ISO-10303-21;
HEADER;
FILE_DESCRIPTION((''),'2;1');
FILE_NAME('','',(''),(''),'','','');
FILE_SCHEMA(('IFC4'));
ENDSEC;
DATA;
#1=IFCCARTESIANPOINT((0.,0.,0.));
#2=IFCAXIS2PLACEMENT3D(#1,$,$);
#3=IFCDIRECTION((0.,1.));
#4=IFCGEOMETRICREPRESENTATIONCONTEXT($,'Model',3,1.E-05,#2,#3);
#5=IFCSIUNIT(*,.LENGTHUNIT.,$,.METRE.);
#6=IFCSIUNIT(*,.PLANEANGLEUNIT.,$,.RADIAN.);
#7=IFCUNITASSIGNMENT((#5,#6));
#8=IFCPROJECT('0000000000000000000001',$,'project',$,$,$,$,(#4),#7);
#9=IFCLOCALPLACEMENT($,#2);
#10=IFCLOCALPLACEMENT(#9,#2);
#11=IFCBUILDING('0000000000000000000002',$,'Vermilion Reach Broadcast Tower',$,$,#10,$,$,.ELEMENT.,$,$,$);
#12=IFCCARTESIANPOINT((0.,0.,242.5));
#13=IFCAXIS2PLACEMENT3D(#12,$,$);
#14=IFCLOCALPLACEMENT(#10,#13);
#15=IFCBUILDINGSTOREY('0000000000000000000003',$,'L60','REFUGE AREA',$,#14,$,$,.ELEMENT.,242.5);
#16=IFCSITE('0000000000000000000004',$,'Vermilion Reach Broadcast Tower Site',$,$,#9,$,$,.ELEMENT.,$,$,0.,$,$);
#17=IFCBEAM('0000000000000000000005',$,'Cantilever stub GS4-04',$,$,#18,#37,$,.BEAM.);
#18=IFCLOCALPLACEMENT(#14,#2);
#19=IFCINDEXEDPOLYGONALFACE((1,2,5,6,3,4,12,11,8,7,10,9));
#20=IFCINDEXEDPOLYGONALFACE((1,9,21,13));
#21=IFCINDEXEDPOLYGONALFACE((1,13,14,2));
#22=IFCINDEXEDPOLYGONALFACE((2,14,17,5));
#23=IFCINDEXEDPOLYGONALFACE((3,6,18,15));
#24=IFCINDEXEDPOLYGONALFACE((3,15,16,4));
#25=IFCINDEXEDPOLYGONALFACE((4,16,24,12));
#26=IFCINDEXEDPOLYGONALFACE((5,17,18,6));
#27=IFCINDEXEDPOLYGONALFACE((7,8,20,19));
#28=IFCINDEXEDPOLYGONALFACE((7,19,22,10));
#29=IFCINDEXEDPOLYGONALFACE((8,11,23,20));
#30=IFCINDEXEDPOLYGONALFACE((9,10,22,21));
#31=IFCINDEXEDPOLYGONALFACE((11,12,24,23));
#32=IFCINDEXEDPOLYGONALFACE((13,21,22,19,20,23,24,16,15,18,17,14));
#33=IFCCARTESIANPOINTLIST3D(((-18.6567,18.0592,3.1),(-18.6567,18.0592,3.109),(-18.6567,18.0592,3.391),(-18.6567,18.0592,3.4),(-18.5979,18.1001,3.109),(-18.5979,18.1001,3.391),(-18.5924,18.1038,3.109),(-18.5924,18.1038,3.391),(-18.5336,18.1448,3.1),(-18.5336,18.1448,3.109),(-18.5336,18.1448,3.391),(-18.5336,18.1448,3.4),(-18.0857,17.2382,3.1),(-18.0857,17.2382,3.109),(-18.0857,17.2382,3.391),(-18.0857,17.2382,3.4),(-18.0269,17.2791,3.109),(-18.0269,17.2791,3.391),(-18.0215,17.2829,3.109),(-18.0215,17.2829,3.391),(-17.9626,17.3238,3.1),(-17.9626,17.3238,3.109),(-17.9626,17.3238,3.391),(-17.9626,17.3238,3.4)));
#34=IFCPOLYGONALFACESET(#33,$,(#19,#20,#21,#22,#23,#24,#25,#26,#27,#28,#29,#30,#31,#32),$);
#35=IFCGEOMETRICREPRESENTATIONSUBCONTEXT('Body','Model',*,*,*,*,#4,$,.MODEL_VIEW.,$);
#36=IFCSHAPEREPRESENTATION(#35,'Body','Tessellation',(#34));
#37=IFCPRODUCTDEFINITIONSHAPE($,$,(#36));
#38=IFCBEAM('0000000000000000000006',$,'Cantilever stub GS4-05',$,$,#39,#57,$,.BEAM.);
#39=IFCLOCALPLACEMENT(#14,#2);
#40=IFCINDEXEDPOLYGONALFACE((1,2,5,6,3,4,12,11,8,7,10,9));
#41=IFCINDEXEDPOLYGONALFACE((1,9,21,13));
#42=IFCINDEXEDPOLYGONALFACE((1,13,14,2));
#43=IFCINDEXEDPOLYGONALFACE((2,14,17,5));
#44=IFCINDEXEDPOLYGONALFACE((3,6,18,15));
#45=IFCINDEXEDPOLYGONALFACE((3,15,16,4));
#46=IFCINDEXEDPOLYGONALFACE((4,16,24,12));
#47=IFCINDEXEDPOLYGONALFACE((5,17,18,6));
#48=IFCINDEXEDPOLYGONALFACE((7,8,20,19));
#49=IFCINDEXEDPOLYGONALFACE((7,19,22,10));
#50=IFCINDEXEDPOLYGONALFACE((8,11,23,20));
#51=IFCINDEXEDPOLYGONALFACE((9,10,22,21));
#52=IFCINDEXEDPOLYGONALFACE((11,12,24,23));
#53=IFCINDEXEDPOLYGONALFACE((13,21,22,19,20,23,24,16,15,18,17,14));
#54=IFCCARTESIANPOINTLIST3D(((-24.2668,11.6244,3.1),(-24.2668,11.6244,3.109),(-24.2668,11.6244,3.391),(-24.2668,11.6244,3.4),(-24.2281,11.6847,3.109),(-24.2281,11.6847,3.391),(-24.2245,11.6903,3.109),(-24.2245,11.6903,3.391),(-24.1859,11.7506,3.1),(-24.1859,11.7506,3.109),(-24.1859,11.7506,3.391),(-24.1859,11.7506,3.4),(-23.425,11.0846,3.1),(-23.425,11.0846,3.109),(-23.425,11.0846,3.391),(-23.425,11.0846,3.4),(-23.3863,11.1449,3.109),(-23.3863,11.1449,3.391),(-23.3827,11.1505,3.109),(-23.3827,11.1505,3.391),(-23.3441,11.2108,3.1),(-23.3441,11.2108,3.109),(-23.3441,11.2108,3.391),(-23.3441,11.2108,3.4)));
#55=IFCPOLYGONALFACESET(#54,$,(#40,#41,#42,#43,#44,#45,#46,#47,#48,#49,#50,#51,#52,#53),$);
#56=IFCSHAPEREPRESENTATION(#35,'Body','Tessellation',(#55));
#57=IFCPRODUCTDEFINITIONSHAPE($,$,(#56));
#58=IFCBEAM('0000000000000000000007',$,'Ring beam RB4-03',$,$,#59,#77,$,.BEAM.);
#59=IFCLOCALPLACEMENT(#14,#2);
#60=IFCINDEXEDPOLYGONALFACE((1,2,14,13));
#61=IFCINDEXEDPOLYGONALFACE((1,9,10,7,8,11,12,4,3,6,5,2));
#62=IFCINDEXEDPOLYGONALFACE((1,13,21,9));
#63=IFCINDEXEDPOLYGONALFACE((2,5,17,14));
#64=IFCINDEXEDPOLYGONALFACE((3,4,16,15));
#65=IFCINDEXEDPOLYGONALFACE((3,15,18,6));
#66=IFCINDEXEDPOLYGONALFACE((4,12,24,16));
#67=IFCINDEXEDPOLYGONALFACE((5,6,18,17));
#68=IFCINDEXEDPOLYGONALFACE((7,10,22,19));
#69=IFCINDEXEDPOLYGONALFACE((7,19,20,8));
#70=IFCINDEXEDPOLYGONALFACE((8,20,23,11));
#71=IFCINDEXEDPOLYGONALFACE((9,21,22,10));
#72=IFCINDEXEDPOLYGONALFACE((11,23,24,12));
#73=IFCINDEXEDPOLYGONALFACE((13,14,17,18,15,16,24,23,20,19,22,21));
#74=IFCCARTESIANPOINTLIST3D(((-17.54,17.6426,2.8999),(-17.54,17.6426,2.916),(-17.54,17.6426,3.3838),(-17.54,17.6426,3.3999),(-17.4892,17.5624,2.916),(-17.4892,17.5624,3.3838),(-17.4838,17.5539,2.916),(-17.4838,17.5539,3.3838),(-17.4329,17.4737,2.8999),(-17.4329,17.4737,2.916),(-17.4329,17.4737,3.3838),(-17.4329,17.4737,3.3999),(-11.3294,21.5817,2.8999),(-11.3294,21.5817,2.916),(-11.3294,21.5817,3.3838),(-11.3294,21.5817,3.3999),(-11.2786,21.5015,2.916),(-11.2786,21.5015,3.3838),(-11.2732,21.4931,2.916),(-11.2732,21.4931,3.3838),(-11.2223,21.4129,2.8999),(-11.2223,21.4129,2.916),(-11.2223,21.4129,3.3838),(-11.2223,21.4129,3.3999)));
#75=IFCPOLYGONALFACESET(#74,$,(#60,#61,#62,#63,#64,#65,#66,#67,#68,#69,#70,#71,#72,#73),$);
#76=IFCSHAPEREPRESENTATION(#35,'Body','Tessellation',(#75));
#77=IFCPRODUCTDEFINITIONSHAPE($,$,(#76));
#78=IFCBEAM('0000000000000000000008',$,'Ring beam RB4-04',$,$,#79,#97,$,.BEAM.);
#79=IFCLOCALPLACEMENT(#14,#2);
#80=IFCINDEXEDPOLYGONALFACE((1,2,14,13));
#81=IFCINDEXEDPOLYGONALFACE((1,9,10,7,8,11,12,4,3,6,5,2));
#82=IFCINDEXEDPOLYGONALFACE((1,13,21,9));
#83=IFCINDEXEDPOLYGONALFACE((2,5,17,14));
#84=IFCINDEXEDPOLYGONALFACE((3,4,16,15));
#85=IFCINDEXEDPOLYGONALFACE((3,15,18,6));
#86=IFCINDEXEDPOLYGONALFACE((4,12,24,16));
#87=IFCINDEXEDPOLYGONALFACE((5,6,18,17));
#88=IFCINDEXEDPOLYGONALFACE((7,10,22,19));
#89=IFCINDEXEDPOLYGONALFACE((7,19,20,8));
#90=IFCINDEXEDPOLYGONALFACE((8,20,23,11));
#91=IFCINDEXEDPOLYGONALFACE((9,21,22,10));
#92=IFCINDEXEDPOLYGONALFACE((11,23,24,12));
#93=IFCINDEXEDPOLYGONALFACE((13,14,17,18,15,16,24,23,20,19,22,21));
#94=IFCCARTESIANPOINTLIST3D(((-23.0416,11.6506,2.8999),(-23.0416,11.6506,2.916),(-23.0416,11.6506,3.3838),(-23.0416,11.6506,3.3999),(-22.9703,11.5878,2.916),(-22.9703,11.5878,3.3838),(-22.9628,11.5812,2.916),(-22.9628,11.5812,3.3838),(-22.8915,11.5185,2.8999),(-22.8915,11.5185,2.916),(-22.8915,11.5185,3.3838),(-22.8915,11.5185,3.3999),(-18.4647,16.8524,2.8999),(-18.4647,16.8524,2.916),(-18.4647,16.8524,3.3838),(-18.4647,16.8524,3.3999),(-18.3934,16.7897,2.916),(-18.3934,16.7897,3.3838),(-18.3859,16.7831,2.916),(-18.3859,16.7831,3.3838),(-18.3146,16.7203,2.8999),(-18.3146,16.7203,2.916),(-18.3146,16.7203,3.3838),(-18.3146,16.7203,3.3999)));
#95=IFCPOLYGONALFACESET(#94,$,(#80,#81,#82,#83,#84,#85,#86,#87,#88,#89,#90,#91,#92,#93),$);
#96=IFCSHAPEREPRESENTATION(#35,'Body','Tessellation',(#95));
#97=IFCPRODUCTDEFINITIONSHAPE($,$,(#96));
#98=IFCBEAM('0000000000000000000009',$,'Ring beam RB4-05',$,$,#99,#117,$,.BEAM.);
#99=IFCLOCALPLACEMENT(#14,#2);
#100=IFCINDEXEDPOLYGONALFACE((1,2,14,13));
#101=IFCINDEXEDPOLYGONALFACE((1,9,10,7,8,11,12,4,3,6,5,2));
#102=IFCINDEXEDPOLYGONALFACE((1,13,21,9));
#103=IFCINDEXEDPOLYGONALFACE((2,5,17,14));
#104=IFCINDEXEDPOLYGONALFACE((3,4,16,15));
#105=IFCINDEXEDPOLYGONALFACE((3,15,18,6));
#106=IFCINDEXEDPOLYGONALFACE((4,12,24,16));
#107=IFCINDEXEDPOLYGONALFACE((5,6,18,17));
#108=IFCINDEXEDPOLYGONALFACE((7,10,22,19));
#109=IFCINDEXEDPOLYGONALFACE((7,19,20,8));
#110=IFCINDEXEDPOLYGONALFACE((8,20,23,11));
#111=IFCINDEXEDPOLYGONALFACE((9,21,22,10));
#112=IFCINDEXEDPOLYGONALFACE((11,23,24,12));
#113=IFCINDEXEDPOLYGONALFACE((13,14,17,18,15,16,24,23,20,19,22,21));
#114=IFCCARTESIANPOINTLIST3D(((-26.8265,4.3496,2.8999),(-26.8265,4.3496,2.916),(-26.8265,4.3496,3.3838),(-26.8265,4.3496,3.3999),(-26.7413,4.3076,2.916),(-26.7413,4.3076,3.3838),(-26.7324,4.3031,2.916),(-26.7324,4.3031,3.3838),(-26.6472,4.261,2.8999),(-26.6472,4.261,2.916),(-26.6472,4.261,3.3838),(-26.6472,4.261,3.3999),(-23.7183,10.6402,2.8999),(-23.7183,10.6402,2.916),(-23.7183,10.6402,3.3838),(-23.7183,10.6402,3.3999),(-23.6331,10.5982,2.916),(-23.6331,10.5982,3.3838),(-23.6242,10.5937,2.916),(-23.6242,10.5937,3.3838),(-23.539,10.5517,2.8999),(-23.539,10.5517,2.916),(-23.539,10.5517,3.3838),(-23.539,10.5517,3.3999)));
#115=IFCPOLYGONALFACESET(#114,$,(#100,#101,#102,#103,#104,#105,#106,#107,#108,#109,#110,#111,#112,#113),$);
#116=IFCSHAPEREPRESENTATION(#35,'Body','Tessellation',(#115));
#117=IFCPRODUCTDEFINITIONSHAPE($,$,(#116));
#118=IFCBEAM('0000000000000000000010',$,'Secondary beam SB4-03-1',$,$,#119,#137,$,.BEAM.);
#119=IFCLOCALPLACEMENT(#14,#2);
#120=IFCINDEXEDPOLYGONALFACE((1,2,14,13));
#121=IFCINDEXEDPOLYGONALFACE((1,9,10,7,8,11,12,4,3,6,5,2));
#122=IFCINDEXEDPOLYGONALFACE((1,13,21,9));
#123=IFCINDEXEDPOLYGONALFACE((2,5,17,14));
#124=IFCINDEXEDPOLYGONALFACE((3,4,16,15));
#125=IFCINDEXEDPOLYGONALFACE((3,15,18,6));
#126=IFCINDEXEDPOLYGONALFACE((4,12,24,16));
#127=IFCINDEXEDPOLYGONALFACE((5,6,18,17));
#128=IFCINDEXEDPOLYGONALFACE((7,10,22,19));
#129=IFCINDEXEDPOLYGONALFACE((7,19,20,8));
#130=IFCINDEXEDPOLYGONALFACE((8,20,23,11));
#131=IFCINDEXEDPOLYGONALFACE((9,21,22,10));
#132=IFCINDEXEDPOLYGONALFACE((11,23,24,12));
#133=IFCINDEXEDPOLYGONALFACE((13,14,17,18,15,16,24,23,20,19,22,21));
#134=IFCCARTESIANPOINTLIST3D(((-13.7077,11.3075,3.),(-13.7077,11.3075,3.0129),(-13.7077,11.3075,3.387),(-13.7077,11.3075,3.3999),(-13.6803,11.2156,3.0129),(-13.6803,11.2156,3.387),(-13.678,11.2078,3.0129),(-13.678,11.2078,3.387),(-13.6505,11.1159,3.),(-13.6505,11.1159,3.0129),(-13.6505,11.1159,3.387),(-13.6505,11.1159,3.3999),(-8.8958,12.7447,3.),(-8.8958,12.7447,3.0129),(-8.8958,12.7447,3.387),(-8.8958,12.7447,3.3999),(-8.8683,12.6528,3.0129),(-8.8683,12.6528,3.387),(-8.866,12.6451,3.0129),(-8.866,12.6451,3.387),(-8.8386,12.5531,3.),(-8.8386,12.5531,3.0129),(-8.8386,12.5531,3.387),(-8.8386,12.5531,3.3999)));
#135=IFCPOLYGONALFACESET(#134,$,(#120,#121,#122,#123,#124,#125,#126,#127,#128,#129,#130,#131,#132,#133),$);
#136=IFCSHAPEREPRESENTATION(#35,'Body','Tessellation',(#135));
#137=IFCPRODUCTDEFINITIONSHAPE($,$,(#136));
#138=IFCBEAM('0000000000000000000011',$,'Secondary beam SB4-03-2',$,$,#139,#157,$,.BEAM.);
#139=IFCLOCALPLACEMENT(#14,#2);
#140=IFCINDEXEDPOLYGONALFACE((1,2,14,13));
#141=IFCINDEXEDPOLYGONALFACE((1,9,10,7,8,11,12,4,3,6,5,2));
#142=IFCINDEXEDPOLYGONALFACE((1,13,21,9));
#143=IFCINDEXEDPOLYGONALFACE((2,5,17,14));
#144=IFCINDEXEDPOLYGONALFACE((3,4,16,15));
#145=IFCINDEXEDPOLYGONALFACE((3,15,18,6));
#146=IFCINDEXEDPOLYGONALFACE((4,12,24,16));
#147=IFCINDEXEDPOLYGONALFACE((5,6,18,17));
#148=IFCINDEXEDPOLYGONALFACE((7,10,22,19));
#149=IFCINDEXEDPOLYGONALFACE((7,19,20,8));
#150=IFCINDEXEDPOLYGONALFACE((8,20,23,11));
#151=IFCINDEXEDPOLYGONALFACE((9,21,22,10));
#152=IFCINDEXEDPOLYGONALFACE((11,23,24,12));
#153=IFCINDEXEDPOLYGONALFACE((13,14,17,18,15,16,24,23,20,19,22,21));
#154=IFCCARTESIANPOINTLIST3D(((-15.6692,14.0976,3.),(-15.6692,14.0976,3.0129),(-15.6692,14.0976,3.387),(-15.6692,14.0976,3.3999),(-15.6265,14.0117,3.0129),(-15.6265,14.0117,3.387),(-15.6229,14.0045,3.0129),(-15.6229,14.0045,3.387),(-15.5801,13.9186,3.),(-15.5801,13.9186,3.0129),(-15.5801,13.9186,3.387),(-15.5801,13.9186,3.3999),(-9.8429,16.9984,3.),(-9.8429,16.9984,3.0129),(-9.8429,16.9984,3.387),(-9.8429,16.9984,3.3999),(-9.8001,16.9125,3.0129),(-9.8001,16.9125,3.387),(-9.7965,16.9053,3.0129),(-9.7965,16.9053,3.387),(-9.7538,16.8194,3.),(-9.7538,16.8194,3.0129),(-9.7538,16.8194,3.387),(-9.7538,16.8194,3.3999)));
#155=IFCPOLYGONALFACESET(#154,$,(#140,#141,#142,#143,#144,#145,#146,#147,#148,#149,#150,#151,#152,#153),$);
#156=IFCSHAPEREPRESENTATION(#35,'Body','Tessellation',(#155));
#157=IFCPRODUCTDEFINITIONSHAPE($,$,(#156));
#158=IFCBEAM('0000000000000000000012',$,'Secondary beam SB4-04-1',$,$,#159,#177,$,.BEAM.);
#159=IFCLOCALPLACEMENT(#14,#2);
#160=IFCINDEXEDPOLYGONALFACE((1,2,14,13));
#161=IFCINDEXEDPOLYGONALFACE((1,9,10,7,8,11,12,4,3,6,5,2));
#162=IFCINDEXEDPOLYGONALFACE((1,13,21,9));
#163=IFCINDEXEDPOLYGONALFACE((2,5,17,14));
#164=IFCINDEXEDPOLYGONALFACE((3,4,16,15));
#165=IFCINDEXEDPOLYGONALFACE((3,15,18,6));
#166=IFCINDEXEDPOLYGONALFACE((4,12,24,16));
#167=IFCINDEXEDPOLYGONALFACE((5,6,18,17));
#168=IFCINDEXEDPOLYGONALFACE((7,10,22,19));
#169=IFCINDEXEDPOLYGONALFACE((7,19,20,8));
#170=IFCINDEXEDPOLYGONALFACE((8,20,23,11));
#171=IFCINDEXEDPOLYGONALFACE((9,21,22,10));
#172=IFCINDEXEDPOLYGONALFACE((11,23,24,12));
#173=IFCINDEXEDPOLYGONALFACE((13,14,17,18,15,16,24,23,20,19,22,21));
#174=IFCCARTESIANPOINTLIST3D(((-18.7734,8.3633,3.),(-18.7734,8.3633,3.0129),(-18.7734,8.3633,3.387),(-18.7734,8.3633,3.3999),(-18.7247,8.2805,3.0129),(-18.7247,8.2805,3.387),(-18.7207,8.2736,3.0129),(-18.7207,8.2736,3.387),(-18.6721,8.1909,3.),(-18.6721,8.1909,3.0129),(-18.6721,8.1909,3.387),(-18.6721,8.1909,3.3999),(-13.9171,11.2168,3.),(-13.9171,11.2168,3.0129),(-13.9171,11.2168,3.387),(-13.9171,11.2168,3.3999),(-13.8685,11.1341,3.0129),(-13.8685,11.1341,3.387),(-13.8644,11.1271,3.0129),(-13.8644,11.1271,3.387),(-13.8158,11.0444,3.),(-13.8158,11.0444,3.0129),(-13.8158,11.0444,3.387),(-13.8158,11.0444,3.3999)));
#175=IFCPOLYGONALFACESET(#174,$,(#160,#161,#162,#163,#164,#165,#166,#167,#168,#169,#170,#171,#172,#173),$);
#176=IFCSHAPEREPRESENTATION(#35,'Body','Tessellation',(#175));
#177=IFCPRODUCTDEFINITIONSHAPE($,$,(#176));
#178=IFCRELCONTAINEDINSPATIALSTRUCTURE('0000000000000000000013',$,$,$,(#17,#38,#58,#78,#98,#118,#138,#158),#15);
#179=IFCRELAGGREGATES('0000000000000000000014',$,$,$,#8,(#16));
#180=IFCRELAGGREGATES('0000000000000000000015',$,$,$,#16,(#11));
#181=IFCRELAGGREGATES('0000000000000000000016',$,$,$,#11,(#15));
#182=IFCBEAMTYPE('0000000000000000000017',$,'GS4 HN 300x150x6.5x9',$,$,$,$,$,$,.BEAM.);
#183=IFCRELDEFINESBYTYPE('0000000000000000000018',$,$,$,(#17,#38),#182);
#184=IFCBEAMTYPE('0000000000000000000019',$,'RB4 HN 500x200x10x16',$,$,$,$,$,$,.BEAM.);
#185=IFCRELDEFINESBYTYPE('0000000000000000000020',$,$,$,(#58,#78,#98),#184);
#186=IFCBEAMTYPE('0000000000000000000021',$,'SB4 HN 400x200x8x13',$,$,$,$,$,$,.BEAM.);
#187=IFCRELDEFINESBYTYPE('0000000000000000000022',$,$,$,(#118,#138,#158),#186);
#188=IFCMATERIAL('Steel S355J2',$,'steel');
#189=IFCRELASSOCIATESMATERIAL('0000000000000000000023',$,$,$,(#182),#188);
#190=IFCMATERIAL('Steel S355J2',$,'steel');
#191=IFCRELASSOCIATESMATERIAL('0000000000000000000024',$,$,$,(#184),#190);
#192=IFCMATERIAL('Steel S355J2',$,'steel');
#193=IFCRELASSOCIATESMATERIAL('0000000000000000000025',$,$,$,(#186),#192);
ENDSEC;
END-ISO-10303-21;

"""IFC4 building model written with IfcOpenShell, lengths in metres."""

from ifc_helpers import new_model, si_unit, direction, frame, origin, origin_2d, place, context, subcontext, project, spatial, i_section, extrude, material, material_profile, profile_set, type_object, element, save


model = new_model("IFC4")

# Units and contexts
model_context = context("Model", 3, precision=1e-05, world=origin(), true_north=direction((0.0, 1.0)))
body_context = subcontext(model_context, "Body", "Model", "MODEL_VIEW")
ifc_project = project(units=[si_unit("LENGTHUNIT", "METRE"), si_unit("PLANEANGLEUNIT", "RADIAN")], contexts=[model_context])

# Site, building, storey
site_placement = place(None, origin())
site = spatial("IfcSite", under=ifc_project, at=site_placement, Name="Vermilion Reach Broadcast Tower Site", CompositionType="ELEMENT", RefElevation=0.0)
building_placement = place(site_placement, origin())
building = spatial("IfcBuilding", under=site, at=building_placement, Name="Vermilion Reach Broadcast Tower", CompositionType="ELEMENT")
storey_placement = place(building_placement, frame((0.0, 0.0, 242.5)))
storey = spatial("IfcBuildingStorey", under=building, at=storey_placement, Name="L60", Description="REFUGE AREA", CompositionType="ELEMENT", Elevation=242.5)

# Beams
ifc_material_1 = material(Name="Steel S355J2", Category="steel")
ifc_material_profile_1 = material_profile(ifc_material_1, i_section(OverallWidth=0.1499, OverallDepth=0.3, WebThickness=0.0066, FlangeThickness=0.009, at=origin_2d()), Name="S355J2 HN 300x150x6.5x9")
ifc_profile_set_1 = profile_set([ifc_material_profile_1], Name="Steel S355J2")
beam_type_1 = type_object("IfcBeamType", Name="GS4 HN 300x150x6.5x9", PredefinedType="BEAM", material=ifc_profile_set_1)
for number, where, z_axis, x_axis, name in (
    (1, (-18.0242, 17.281, 3.25), (-0.570986, 0.82096, 0.0), (-0.82096, -0.570986, 0.0), "Cantilever stub GS4-04"),
    (2, (-23.3845, 11.1477, 3.25), (-0.841797, 0.539795, 0.0), (-0.539795, -0.841797, 0.0), "Cantilever stub GS4-05"),
):
    element("IfcBeam", number, at=place(storey_placement, frame(where, z_axis=z_axis, x_axis=x_axis)), inside=storey, type_object=beam_type_1, Name=name, PredefinedType="BEAM", context=body_context, shape_type="SweptSolid", body=[
        extrude(i_section(OverallWidth=0.1499, OverallDepth=0.3, WebThickness=0.0066, FlangeThickness=0.009, at=origin_2d()), origin(), (0.0, 0.0, 1.0), 1.0),
    ])
ifc_material_2 = material(Name="Steel S355J2", Category="steel")
ifc_material_profile_2 = material_profile(ifc_material_2, i_section(OverallWidth=0.2, OverallDepth=0.5, WebThickness=0.01, FlangeThickness=0.0161, at=origin_2d()), Name="S355J2 HN 500x200x10x16")
ifc_profile_set_2 = profile_set([ifc_material_profile_2], Name="Steel S355J2")
beam_type_2 = type_object("IfcBeamType", Name="RB4 HN 500x200x10x16", PredefinedType="BEAM", material=ifc_profile_set_2)
beam_1_placement = place(storey_placement, frame((-11.2759, 21.4973, 3.1499), z_axis=(-0.844464, -0.535612, 0.0), x_axis=(0.535612, -0.844464, 0.0)))
element("IfcBeam", 3, at=beam_1_placement, inside=storey, type_object=beam_type_2, Name="Ring beam RB4-03", PredefinedType="BEAM", context=body_context, shape_type="SweptSolid", body=[
    extrude(i_section(OverallWidth=0.2, OverallDepth=0.5, WebThickness=0.01, FlangeThickness=0.0161, at=origin_2d()), origin(), (0.0, 0.0, 1.0), 7.3545),
])
beam_2_placement = place(storey_placement, frame((-18.3896, 16.7864, 3.1499), z_axis=(-0.660565, -0.750769, 0.0), x_axis=(0.750769, -0.660565, 0.0)))
element("IfcBeam", 4, at=beam_2_placement, inside=storey, type_object=beam_type_2, Name="Ring beam RB4-04", PredefinedType="BEAM", context=body_context, shape_type="SweptSolid", body=[
    extrude(i_section(OverallWidth=0.2, OverallDepth=0.5, WebThickness=0.01, FlangeThickness=0.0161, at=origin_2d()), origin(), (0.0, 0.0, 1.0), 6.9287),
])
beam_3_placement = place(storey_placement, frame((-23.6287, 10.5959, 3.1499), z_axis=(-0.442977, -0.896533, 0.0), x_axis=(0.896533, -0.442977, 0.0)))
element("IfcBeam", 5, at=beam_3_placement, inside=storey, type_object=beam_type_2, Name="Ring beam RB4-05", PredefinedType="BEAM", context=body_context, shape_type="SweptSolid", body=[
    extrude(i_section(OverallWidth=0.2, OverallDepth=0.5, WebThickness=0.01, FlangeThickness=0.0161, at=origin_2d()), origin(), (0.0, 0.0, 1.0), 7.0166),
])
ifc_material_3 = material(Name="Steel S355J2", Category="steel")
ifc_material_profile_3 = material_profile(ifc_material_3, i_section(OverallWidth=0.2, OverallDepth=0.3999, WebThickness=0.0081, FlangeThickness=0.0129, at=origin_2d()), Name="S355J2 HN 400x200x8x13")
ifc_profile_set_3 = profile_set([ifc_material_profile_3], Name="Steel S355J2")
beam_type_3 = type_object("IfcBeamType", Name="SB4 HN 400x200x8x13", PredefinedType="BEAM", material=ifc_profile_set_3)
beam_4_placement = place(storey_placement, frame((-8.8672, 12.6489, 3.2), z_axis=(-0.958173, -0.286188, 0.0), x_axis=(0.286188, -0.958173, 0.0)))
element("IfcBeam", 6, at=beam_4_placement, inside=storey, type_object=beam_type_3, Name="Secondary beam SB4-03-1", PredefinedType="BEAM", context=body_context, shape_type="SweptSolid", body=[
    extrude(i_section(OverallWidth=0.2, OverallDepth=0.3999, WebThickness=0.0081, FlangeThickness=0.0129, at=origin_2d()), origin(), (0.0, 0.0, 1.0), 5.022),
])
beam_5_placement = place(storey_placement, frame((-9.7983, 16.9089, 3.2), z_axis=(-0.895184, -0.445698, 0.0), x_axis=(0.445698, -0.895184, 0.0)))
element("IfcBeam", 7, at=beam_5_placement, inside=storey, type_object=beam_type_3, Name="Secondary beam SB4-03-2", PredefinedType="BEAM", context=body_context, shape_type="SweptSolid", body=[
    extrude(i_section(OverallWidth=0.2, OverallDepth=0.3999, WebThickness=0.0081, FlangeThickness=0.0129, at=origin_2d()), origin(), (0.0, 0.0, 1.0), 6.5085),
])
beam_6_placement = place(storey_placement, frame((-13.8665, 11.1306, 3.2), z_axis=(-0.862173, -0.506615, 0.0), x_axis=(0.506615, -0.862173, 0.0)))
element("IfcBeam", 8, at=beam_6_placement, inside=storey, type_object=beam_type_3, Name="Secondary beam SB4-04-1", PredefinedType="BEAM", context=body_context, shape_type="SweptSolid", body=[
    extrude(i_section(OverallWidth=0.2, OverallDepth=0.3999, WebThickness=0.0081, FlangeThickness=0.0129, at=origin_2d()), origin(), (0.0, 0.0, 1.0), 5.6326),
])

save(model, "model.ifc")
